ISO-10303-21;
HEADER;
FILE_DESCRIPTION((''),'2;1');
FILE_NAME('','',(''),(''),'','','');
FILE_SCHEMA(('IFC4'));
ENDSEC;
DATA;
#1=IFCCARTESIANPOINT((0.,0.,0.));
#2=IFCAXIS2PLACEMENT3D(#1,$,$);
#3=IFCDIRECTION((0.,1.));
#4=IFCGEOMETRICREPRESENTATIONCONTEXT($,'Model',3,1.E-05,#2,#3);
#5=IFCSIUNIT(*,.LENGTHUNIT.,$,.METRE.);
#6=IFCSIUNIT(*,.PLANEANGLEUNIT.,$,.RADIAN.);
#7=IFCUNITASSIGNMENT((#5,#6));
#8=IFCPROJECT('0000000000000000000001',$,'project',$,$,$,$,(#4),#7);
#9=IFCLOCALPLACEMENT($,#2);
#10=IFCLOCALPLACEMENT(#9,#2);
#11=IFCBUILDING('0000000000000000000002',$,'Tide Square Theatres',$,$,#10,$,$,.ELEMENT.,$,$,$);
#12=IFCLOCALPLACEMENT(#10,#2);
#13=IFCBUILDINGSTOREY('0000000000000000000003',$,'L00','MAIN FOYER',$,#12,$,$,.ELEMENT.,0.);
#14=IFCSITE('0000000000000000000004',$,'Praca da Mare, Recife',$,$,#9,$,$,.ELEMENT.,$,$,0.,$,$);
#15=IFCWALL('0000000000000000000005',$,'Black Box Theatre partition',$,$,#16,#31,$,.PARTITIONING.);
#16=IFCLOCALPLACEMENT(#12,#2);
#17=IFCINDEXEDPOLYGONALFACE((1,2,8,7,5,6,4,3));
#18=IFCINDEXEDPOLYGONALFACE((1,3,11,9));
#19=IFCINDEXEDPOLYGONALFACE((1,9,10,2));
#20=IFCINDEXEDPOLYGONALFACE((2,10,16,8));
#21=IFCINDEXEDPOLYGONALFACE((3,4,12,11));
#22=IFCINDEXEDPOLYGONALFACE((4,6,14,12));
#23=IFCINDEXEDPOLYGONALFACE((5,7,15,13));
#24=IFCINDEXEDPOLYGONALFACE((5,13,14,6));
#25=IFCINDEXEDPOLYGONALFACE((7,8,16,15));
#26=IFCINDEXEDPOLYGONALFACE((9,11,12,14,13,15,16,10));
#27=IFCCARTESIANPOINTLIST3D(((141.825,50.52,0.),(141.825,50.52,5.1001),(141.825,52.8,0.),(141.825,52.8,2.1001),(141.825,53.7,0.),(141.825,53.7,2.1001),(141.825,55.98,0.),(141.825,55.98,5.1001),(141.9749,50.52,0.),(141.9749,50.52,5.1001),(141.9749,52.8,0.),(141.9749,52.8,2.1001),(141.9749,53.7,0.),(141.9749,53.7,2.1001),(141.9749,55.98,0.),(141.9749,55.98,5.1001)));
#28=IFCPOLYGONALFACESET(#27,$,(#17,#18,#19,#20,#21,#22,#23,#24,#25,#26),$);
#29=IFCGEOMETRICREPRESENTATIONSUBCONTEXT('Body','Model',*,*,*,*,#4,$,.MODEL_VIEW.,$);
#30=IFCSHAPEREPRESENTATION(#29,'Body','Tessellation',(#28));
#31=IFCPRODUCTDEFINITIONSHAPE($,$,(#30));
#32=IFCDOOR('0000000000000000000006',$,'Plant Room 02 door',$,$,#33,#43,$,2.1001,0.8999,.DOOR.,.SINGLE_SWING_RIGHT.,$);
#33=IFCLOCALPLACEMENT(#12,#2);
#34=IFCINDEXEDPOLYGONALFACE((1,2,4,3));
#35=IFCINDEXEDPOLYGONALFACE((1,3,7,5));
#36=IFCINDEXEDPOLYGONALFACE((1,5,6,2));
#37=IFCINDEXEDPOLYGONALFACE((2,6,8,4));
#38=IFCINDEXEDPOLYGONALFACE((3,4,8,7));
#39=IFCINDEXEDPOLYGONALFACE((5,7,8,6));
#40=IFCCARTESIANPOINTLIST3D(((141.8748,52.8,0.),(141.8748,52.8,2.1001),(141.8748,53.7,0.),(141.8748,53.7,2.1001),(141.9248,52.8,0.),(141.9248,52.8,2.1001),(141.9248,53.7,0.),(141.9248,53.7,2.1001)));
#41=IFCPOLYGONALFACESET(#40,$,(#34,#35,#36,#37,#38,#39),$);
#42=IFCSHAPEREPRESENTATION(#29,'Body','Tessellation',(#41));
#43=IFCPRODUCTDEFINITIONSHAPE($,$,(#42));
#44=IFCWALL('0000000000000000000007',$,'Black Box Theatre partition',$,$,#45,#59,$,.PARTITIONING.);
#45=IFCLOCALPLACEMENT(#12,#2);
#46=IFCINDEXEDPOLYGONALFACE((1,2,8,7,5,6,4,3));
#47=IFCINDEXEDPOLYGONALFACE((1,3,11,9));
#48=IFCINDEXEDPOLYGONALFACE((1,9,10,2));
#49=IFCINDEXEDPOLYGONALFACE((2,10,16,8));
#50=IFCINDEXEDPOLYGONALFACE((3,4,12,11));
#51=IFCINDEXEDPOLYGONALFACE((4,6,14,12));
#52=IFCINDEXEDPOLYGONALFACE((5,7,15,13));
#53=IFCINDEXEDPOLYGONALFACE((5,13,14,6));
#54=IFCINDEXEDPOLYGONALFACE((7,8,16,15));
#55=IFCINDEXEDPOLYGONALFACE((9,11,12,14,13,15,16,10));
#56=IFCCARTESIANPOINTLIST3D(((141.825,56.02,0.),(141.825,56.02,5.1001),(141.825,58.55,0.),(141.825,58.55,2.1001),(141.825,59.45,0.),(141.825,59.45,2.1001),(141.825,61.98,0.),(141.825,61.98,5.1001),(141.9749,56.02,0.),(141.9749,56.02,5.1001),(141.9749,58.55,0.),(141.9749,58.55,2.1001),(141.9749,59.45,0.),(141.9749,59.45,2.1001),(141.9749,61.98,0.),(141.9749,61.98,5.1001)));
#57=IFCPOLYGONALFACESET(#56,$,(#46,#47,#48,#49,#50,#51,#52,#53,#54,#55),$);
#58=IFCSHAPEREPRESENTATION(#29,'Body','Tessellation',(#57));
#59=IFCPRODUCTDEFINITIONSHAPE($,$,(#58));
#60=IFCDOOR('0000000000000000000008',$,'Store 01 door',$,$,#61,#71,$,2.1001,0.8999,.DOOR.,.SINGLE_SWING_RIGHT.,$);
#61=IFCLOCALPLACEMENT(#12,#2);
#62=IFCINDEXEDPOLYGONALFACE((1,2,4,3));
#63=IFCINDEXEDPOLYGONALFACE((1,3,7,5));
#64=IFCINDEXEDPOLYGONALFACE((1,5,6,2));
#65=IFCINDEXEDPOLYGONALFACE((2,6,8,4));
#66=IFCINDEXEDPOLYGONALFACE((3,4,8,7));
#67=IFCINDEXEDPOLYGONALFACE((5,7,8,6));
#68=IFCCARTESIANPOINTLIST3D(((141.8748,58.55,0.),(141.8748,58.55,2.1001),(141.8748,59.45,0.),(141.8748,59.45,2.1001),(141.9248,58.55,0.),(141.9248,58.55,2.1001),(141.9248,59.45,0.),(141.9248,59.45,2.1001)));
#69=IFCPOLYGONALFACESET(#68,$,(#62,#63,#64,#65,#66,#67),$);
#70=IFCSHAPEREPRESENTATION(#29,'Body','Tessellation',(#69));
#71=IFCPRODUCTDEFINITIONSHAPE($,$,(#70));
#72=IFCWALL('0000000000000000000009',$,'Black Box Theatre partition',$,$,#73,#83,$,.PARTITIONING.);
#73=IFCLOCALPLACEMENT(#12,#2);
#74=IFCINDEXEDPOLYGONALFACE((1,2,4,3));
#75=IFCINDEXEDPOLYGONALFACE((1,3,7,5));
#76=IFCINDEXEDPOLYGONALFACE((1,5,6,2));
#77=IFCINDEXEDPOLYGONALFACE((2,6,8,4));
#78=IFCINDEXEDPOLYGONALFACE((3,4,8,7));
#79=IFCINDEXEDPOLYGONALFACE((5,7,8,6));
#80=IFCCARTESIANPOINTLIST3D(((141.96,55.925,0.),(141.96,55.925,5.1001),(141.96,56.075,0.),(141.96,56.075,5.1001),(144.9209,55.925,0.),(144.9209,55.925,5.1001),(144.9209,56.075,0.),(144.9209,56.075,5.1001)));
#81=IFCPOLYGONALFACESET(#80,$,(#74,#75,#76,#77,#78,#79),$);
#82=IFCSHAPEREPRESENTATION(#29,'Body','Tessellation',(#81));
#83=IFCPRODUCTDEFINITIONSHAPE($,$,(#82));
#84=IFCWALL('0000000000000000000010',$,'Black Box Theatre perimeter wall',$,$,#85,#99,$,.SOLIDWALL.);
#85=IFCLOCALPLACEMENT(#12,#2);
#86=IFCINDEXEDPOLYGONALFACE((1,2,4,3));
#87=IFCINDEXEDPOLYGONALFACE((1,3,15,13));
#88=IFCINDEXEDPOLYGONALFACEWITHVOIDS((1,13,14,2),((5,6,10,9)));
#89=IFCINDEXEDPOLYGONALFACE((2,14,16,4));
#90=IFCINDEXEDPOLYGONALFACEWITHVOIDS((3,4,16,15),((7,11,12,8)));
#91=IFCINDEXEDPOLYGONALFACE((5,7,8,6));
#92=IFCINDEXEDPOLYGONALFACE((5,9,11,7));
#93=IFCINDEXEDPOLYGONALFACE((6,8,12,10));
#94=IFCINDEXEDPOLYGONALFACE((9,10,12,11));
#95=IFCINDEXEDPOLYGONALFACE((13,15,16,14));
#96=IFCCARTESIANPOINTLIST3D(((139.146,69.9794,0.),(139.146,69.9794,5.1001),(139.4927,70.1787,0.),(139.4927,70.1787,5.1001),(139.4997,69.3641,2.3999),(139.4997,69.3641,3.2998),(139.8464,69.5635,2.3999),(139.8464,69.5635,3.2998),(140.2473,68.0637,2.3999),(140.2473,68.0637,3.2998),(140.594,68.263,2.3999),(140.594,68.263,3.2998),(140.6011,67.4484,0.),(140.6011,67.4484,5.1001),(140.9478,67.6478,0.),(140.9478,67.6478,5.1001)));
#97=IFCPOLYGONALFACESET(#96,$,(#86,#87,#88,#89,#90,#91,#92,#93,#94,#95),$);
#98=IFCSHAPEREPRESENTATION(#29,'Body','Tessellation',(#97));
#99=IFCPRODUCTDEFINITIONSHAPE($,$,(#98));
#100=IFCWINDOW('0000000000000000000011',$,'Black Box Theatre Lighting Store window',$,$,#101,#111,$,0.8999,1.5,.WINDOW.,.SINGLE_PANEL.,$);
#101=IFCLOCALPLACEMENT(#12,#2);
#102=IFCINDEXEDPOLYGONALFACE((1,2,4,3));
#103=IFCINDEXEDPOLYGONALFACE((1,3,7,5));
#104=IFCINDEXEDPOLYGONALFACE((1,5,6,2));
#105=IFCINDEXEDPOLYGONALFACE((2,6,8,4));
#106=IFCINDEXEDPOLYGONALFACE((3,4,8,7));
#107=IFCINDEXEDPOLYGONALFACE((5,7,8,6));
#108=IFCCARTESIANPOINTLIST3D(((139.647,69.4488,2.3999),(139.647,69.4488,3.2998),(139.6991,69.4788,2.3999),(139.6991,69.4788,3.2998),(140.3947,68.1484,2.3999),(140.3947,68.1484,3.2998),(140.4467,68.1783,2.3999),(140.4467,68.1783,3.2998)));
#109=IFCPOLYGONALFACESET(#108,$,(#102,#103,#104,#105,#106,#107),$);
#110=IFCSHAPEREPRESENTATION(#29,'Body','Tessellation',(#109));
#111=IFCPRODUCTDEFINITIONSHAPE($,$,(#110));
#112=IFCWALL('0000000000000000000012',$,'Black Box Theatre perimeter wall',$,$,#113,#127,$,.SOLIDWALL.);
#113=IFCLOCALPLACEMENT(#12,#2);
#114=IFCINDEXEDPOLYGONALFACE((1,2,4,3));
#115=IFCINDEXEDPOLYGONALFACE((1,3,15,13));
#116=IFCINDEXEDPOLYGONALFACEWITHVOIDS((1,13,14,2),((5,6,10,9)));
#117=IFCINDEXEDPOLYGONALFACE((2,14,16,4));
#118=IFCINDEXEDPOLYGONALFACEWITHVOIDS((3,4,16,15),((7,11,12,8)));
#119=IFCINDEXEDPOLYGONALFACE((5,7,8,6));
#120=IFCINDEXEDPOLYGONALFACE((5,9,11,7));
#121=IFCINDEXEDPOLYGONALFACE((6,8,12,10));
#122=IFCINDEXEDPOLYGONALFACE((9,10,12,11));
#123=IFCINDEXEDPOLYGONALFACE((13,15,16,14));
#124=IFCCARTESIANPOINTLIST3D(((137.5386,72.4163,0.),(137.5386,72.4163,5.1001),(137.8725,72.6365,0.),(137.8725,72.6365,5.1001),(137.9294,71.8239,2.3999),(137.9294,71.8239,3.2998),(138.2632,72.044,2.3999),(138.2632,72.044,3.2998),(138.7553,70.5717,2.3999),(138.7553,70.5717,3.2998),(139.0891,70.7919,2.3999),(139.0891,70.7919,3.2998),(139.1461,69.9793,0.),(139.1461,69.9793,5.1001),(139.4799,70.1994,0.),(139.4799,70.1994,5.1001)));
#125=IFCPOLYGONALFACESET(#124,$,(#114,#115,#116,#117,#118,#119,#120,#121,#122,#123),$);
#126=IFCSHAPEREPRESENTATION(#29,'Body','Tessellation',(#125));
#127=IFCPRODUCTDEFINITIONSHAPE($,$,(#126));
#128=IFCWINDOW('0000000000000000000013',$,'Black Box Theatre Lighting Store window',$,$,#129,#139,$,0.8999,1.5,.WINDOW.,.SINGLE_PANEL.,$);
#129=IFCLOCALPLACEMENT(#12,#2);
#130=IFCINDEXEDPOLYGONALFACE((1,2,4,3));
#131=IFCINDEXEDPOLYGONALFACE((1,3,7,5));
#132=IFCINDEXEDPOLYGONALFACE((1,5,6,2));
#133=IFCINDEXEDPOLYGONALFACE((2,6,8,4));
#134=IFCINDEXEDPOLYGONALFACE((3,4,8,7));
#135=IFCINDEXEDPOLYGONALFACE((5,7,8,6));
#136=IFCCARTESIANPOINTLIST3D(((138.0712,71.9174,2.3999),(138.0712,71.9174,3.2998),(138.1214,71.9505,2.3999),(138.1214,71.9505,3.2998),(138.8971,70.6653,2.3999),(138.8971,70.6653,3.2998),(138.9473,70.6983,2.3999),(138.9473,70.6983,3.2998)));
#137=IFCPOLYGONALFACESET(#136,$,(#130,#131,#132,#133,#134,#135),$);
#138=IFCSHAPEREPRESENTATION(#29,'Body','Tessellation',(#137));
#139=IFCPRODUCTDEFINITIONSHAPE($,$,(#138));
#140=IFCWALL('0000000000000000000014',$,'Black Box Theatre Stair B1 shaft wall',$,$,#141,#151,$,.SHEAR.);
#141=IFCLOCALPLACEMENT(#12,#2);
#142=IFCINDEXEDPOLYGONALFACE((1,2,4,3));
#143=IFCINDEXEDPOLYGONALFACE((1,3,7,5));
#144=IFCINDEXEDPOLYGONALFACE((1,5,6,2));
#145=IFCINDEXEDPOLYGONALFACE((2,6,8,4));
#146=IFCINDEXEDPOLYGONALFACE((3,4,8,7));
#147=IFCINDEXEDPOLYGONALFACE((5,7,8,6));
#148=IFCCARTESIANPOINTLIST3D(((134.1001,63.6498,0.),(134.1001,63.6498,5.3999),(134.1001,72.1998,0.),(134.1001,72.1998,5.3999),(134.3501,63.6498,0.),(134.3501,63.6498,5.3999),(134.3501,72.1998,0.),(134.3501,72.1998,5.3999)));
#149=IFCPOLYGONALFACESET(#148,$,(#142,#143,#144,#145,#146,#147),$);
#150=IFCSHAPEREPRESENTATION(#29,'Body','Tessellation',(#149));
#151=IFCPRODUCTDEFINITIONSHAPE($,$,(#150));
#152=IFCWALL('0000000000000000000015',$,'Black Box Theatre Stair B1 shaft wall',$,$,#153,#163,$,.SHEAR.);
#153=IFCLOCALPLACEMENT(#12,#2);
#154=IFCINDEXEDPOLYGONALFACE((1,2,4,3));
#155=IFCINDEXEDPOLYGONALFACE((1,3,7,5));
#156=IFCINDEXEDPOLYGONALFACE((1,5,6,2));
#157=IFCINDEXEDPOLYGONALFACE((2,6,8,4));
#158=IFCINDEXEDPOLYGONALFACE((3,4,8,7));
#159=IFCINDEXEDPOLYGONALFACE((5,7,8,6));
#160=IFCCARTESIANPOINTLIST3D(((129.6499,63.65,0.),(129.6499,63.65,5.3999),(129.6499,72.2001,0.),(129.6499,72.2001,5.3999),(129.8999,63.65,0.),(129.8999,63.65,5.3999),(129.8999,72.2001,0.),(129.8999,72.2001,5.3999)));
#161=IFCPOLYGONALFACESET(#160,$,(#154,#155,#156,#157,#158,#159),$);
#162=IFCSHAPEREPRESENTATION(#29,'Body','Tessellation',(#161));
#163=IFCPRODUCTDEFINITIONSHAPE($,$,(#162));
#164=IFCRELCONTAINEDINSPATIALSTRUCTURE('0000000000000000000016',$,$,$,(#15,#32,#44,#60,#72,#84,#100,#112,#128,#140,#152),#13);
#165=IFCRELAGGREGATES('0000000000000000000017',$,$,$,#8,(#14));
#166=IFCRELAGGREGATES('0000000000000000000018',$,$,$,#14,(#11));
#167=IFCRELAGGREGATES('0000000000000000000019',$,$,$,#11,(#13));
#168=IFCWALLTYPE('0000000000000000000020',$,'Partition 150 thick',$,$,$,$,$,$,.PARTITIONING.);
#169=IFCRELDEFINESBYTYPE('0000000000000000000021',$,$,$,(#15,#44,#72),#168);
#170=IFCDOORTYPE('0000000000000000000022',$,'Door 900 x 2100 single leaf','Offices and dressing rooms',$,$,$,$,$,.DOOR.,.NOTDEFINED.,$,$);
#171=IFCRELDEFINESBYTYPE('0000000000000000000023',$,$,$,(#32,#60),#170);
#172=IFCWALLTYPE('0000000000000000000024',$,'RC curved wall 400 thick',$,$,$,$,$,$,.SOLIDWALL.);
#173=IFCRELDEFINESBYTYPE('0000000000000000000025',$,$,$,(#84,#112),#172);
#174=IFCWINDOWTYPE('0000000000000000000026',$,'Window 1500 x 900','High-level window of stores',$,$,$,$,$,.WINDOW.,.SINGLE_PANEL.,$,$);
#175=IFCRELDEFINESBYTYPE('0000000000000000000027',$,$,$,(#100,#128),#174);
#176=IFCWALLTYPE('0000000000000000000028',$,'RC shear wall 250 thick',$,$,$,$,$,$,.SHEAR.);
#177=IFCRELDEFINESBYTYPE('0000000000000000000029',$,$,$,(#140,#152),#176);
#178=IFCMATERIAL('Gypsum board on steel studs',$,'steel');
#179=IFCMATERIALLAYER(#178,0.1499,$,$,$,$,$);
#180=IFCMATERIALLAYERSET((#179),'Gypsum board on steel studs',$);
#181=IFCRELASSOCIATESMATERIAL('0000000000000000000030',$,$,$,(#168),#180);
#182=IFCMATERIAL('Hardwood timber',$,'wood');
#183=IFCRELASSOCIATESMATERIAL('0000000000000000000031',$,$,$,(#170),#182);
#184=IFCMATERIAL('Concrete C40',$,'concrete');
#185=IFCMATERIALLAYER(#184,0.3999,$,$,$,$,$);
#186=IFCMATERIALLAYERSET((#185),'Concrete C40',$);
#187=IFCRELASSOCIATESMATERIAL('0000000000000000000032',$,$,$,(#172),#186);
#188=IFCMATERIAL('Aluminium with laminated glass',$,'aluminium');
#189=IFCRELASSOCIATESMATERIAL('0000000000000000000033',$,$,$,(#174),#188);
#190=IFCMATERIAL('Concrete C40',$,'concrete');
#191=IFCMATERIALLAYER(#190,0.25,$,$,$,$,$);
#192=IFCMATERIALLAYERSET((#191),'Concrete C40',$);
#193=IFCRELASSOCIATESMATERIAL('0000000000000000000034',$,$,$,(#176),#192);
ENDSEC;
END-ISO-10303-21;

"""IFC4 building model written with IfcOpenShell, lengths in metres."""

from ifc_helpers import new_model, si_unit, direction, frame, frame_2d, origin, place, context, subcontext, project, spatial, rectangle, extrude, material, layer, layer_set, type_object, element, fill, save


model = new_model("IFC4")

# Units and contexts
model_context = context("Model", 3, precision=1e-05, world=origin(), true_north=direction((0.0, 1.0)))
body_context = subcontext(model_context, "Body", "Model", "MODEL_VIEW")
ifc_project = project(units=[si_unit("LENGTHUNIT", "METRE"), si_unit("PLANEANGLEUNIT", "RADIAN")], contexts=[model_context])

# Site, building, storey
site_placement = place(None, origin())
site = spatial("IfcSite", under=ifc_project, at=site_placement, Name="Praca da Mare, Recife", CompositionType="ELEMENT", RefElevation=0.0)
building_placement = place(site_placement, origin())
building = spatial("IfcBuilding", under=site, at=building_placement, Name="Tide Square Theatres", CompositionType="ELEMENT")
storey_placement = place(building_placement, origin())
storey = spatial("IfcBuildingStorey", under=building, at=storey_placement, Name="L00", Description="MAIN FOYER", CompositionType="ELEMENT", Elevation=0.0)

# Shared definitions
ifc_material_1 = material(Name="Gypsum board on steel studs", Category="steel")
ifc_layer_1 = layer(ifc_material_1, 0.1499)
ifc_layer_set_1 = layer_set([ifc_layer_1], Name="Gypsum board on steel studs")
wall_type_1 = type_object("IfcWallType", Name="Partition 150 thick", PredefinedType="PARTITIONING", material=ifc_layer_set_1)

# Walls, openings, doors
ifc_material_2 = material(Name="Hardwood timber", Category="wood")
door_type_1 = type_object("IfcDoorType", Name="Door 900 x 2100 single leaf", Description="Offices and dressing rooms", OperationType="NOTDEFINED", PredefinedType="DOOR", material=ifc_material_2)
wall_1_placement = place(storey_placement, frame((141.8999, 55.98, 0.0), z_axis=(0.0, 0.0, 1.0), x_axis=(0.0, -1.0, 0.0)))
wall_1 = element("IfcWall", 1, at=wall_1_placement, inside=storey, type_object=wall_type_1, Name="Black Box Theatre partition", PredefinedType="PARTITIONING", context=body_context, shape_type="SweptSolid", body=[
    extrude(rectangle(XDim=5.46, YDim=0.1499, at=frame_2d((2.73, 0.0))), origin(), (0.0, 0.0, 1.0), 5.1001),
])
opening_1_placement = place(wall_1_placement, frame((2.28, 0.0, 0.0)))
opening_1 = element("IfcOpeningElement", 2, at=opening_1_placement, cuts=wall_1, PredefinedType="OPENING", context=body_context, shape_type="SweptSolid", body=[
    extrude(rectangle(XDim=0.8999, YDim=2.1001, at=frame_2d((0.45, 1.05))), frame((0.0, 0.085, 0.0), z_axis=(0.0, -1.0, 0.0), x_axis=(1.0, 0.0, 0.0)), (0.0, 0.0, 1.0), 0.1699),
])
door_1_placement = place(opening_1_placement, origin())
door_1 = element("IfcDoor", 3, at=door_1_placement, inside=storey, type_object=door_type_1, Name="Plant Room 02 door", OperationType="SINGLE_SWING_RIGHT", OverallHeight=2.1001, OverallWidth=0.8999, PredefinedType="DOOR", context=body_context, shape_type="SweptSolid", body=[
    extrude(rectangle(XDim=0.8999, YDim=2.1001, at=frame_2d((0.45, 1.05))), frame((0.0, 0.0249, 0.0), z_axis=(0.0, -1.0, 0.0), x_axis=(1.0, 0.0, 0.0)), (0.0, 0.0, 1.0), 0.05),
])
fill(opening_1, door_1)
wall_2_placement = place(storey_placement, frame((141.8999, 61.98, 0.0), z_axis=(0.0, 0.0, 1.0), x_axis=(0.0, -1.0, 0.0)))
wall_2 = element("IfcWall", 4, at=wall_2_placement, inside=storey, type_object=wall_type_1, Name="Black Box Theatre partition", PredefinedType="PARTITIONING", context=body_context, shape_type="SweptSolid", body=[
    extrude(rectangle(XDim=5.96, YDim=0.1499, at=frame_2d((2.98, 0.0))), origin(), (0.0, 0.0, 1.0), 5.1001),
])
opening_2_placement = place(wall_2_placement, frame((2.53, 0.0, 0.0)))
opening_2 = element("IfcOpeningElement", 5, at=opening_2_placement, cuts=wall_2, PredefinedType="OPENING", context=body_context, shape_type="SweptSolid", body=[
    extrude(rectangle(XDim=0.8999, YDim=2.1001, at=frame_2d((0.45, 1.05))), frame((0.0, 0.085, 0.0), z_axis=(0.0, -1.0, 0.0), x_axis=(1.0, 0.0, 0.0)), (0.0, 0.0, 1.0), 0.1699),
])
door_2_placement = place(opening_2_placement, origin())
door_2 = element("IfcDoor", 6, at=door_2_placement, inside=storey, type_object=door_type_1, Name="Store 01 door", OperationType="SINGLE_SWING_RIGHT", OverallHeight=2.1001, OverallWidth=0.8999, PredefinedType="DOOR", context=body_context, shape_type="SweptSolid", body=[
    extrude(rectangle(XDim=0.8999, YDim=2.1001, at=frame_2d((0.45, 1.05))), frame((0.0, 0.0249, 0.0), z_axis=(0.0, -1.0, 0.0), x_axis=(1.0, 0.0, 0.0)), (0.0, 0.0, 1.0), 0.05),
])
fill(opening_2, door_2)

# Wall
wall_3_placement = place(storey_placement, frame((141.96, 56.0, 0.0), z_axis=(0.0, 0.0, 1.0), x_axis=(1.0, 0.0, 0.0)))
element("IfcWall", 7, at=wall_3_placement, inside=storey, type_object=wall_type_1, Name="Black Box Theatre partition", PredefinedType="PARTITIONING", context=body_context, shape_type="SweptSolid", body=[
    extrude(rectangle(XDim=2.9609, YDim=0.1499, at=frame_2d((1.4805, 0.0))), origin(), (0.0, 0.0, 1.0), 5.1001),
])

# Walls, openings, windows
ifc_material_3 = material(Name="Concrete C40", Category="concrete")
ifc_layer_2 = layer(ifc_material_3, 0.3999)
ifc_layer_set_2 = layer_set([ifc_layer_2], Name="Concrete C40")
wall_type_2 = type_object("IfcWallType", Name="RC curved wall 400 thick", PredefinedType="SOLIDWALL", material=ifc_layer_set_2)
wall_4_placement = place(storey_placement, frame((140.7744, 67.5481, 0.0), z_axis=(0.0, 0.0, 1.0), x_axis=(-0.498407, 0.866943, 0.0)))
wall_4 = element("IfcWall", 8, at=wall_4_placement, inside=storey, type_object=wall_type_2, Name="Black Box Theatre perimeter wall", PredefinedType="SOLIDWALL", context=body_context, shape_type="SweptSolid", body=[
    extrude(rectangle(XDim=2.9194, YDim=0.3999, at=frame_2d((1.4597, 0.0))), origin(), (0.0, 0.0, 1.0), 5.1001),
])
opening_3_placement = place(wall_4_placement, frame((0.7097, 0.0, 2.3999)))
opening_3 = element("IfcOpeningElement", 9, at=opening_3_placement, cuts=wall_4, PredefinedType="OPENING", context=body_context, shape_type="SweptSolid", body=[
    extrude(rectangle(XDim=1.5, YDim=0.8999, at=frame_2d((0.75, 0.45))), frame((0.0, 0.21, 0.0), z_axis=(0.0, -1.0, 0.0), x_axis=(1.0, 0.0, 0.0)), (0.0, 0.0, 1.0), 0.4199),
])
ifc_material_4 = material(Name="Aluminium with laminated glass", Category="aluminium")
window_type = type_object("IfcWindowType", Name="Window 1500 x 900", Description="High-level window of stores", PartitioningType="SINGLE_PANEL", PredefinedType="WINDOW", material=ifc_material_4)
window_1_placement = place(opening_3_placement, origin())
window_1 = element("IfcWindow", 10, at=window_1_placement, inside=storey, type_object=window_type, Name="Black Box Theatre Lighting Store window", OverallHeight=0.8999, OverallWidth=1.5, PartitioningType="SINGLE_PANEL", PredefinedType="WINDOW", context=body_context, shape_type="SweptSolid", body=[
    extrude(rectangle(XDim=1.5, YDim=0.8999, at=frame_2d((0.75, 0.45))), frame((0.0, 0.03, 0.0), z_axis=(0.0, -1.0, 0.0), x_axis=(1.0, 0.0, 0.0)), (0.0, 0.0, 1.0), 0.0601),
])
fill(opening_3, window_1)
wall_5_placement = place(storey_placement, frame((139.313, 70.0894, 0.0), z_axis=(0.0, 0.0, 1.0), x_axis=(-0.550602, 0.834768, 0.0)))
wall_5 = element("IfcWall", 11, at=wall_5_placement, inside=storey, type_object=wall_type_2, Name="Black Box Theatre perimeter wall", PredefinedType="SOLIDWALL", context=body_context, shape_type="SweptSolid", body=[
    extrude(rectangle(XDim=2.9194, YDim=0.3999, at=frame_2d((1.4597, 0.0))), origin(), (0.0, 0.0, 1.0), 5.1001),
])
opening_4_placement = place(wall_5_placement, frame((0.7097, 0.0, 2.3999)))
opening_4 = element("IfcOpeningElement", 12, at=opening_4_placement, cuts=wall_5, PredefinedType="OPENING", context=body_context, shape_type="SweptSolid", body=[
    extrude(rectangle(XDim=1.5, YDim=0.8999, at=frame_2d((0.75, 0.45))), frame((0.0, 0.21, 0.0), z_axis=(0.0, -1.0, 0.0), x_axis=(1.0, 0.0, 0.0)), (0.0, 0.0, 1.0), 0.4199),
])
window_2_placement = place(opening_4_placement, origin())
window_2 = element("IfcWindow", 13, at=window_2_placement, inside=storey, type_object=window_type, Name="Black Box Theatre Lighting Store window", OverallHeight=0.8999, OverallWidth=1.5, PartitioningType="SINGLE_PANEL", PredefinedType="WINDOW", context=body_context, shape_type="SweptSolid", body=[
    extrude(rectangle(XDim=1.5, YDim=0.8999, at=frame_2d((0.75, 0.45))), frame((0.0, 0.03, 0.0), z_axis=(0.0, -1.0, 0.0), x_axis=(1.0, 0.0, 0.0)), (0.0, 0.0, 1.0), 0.0601),
])
fill(opening_4, window_2)

# Walls
ifc_material_5 = material(Name="Concrete C40", Category="concrete")
ifc_layer_3 = layer(ifc_material_5, 0.25)
ifc_layer_set_3 = layer_set([ifc_layer_3], Name="Concrete C40")
wall_type_3 = type_object("IfcWallType", Name="RC shear wall 250 thick", PredefinedType="SHEAR", material=ifc_layer_set_3)
for number, where, z_axis, x_axis, name in (
    (14, (134.2251, 63.6499, 0.0), (0.0, 0.0, 1.0), (0.0, 1.0, 0.0), "Black Box Theatre Stair B1 shaft wall"),
    (15, (129.7749, 72.2, 0.0), (0.0, 0.0, 1.0), (0.0, -1.0, 0.0), "Black Box Theatre Stair B1 shaft wall"),
):
    element("IfcWall", number, at=place(storey_placement, frame(where, z_axis=z_axis, x_axis=x_axis)), inside=storey, type_object=wall_type_3, Name=name, PredefinedType="SHEAR", context=body_context, shape_type="SweptSolid", body=[
        extrude(rectangle(XDim=8.55, YDim=0.25, at=frame_2d((4.2749, 0.0))), origin(), (0.0, 0.0, 1.0), 5.3999),
    ])

save(model, "model.ifc")
